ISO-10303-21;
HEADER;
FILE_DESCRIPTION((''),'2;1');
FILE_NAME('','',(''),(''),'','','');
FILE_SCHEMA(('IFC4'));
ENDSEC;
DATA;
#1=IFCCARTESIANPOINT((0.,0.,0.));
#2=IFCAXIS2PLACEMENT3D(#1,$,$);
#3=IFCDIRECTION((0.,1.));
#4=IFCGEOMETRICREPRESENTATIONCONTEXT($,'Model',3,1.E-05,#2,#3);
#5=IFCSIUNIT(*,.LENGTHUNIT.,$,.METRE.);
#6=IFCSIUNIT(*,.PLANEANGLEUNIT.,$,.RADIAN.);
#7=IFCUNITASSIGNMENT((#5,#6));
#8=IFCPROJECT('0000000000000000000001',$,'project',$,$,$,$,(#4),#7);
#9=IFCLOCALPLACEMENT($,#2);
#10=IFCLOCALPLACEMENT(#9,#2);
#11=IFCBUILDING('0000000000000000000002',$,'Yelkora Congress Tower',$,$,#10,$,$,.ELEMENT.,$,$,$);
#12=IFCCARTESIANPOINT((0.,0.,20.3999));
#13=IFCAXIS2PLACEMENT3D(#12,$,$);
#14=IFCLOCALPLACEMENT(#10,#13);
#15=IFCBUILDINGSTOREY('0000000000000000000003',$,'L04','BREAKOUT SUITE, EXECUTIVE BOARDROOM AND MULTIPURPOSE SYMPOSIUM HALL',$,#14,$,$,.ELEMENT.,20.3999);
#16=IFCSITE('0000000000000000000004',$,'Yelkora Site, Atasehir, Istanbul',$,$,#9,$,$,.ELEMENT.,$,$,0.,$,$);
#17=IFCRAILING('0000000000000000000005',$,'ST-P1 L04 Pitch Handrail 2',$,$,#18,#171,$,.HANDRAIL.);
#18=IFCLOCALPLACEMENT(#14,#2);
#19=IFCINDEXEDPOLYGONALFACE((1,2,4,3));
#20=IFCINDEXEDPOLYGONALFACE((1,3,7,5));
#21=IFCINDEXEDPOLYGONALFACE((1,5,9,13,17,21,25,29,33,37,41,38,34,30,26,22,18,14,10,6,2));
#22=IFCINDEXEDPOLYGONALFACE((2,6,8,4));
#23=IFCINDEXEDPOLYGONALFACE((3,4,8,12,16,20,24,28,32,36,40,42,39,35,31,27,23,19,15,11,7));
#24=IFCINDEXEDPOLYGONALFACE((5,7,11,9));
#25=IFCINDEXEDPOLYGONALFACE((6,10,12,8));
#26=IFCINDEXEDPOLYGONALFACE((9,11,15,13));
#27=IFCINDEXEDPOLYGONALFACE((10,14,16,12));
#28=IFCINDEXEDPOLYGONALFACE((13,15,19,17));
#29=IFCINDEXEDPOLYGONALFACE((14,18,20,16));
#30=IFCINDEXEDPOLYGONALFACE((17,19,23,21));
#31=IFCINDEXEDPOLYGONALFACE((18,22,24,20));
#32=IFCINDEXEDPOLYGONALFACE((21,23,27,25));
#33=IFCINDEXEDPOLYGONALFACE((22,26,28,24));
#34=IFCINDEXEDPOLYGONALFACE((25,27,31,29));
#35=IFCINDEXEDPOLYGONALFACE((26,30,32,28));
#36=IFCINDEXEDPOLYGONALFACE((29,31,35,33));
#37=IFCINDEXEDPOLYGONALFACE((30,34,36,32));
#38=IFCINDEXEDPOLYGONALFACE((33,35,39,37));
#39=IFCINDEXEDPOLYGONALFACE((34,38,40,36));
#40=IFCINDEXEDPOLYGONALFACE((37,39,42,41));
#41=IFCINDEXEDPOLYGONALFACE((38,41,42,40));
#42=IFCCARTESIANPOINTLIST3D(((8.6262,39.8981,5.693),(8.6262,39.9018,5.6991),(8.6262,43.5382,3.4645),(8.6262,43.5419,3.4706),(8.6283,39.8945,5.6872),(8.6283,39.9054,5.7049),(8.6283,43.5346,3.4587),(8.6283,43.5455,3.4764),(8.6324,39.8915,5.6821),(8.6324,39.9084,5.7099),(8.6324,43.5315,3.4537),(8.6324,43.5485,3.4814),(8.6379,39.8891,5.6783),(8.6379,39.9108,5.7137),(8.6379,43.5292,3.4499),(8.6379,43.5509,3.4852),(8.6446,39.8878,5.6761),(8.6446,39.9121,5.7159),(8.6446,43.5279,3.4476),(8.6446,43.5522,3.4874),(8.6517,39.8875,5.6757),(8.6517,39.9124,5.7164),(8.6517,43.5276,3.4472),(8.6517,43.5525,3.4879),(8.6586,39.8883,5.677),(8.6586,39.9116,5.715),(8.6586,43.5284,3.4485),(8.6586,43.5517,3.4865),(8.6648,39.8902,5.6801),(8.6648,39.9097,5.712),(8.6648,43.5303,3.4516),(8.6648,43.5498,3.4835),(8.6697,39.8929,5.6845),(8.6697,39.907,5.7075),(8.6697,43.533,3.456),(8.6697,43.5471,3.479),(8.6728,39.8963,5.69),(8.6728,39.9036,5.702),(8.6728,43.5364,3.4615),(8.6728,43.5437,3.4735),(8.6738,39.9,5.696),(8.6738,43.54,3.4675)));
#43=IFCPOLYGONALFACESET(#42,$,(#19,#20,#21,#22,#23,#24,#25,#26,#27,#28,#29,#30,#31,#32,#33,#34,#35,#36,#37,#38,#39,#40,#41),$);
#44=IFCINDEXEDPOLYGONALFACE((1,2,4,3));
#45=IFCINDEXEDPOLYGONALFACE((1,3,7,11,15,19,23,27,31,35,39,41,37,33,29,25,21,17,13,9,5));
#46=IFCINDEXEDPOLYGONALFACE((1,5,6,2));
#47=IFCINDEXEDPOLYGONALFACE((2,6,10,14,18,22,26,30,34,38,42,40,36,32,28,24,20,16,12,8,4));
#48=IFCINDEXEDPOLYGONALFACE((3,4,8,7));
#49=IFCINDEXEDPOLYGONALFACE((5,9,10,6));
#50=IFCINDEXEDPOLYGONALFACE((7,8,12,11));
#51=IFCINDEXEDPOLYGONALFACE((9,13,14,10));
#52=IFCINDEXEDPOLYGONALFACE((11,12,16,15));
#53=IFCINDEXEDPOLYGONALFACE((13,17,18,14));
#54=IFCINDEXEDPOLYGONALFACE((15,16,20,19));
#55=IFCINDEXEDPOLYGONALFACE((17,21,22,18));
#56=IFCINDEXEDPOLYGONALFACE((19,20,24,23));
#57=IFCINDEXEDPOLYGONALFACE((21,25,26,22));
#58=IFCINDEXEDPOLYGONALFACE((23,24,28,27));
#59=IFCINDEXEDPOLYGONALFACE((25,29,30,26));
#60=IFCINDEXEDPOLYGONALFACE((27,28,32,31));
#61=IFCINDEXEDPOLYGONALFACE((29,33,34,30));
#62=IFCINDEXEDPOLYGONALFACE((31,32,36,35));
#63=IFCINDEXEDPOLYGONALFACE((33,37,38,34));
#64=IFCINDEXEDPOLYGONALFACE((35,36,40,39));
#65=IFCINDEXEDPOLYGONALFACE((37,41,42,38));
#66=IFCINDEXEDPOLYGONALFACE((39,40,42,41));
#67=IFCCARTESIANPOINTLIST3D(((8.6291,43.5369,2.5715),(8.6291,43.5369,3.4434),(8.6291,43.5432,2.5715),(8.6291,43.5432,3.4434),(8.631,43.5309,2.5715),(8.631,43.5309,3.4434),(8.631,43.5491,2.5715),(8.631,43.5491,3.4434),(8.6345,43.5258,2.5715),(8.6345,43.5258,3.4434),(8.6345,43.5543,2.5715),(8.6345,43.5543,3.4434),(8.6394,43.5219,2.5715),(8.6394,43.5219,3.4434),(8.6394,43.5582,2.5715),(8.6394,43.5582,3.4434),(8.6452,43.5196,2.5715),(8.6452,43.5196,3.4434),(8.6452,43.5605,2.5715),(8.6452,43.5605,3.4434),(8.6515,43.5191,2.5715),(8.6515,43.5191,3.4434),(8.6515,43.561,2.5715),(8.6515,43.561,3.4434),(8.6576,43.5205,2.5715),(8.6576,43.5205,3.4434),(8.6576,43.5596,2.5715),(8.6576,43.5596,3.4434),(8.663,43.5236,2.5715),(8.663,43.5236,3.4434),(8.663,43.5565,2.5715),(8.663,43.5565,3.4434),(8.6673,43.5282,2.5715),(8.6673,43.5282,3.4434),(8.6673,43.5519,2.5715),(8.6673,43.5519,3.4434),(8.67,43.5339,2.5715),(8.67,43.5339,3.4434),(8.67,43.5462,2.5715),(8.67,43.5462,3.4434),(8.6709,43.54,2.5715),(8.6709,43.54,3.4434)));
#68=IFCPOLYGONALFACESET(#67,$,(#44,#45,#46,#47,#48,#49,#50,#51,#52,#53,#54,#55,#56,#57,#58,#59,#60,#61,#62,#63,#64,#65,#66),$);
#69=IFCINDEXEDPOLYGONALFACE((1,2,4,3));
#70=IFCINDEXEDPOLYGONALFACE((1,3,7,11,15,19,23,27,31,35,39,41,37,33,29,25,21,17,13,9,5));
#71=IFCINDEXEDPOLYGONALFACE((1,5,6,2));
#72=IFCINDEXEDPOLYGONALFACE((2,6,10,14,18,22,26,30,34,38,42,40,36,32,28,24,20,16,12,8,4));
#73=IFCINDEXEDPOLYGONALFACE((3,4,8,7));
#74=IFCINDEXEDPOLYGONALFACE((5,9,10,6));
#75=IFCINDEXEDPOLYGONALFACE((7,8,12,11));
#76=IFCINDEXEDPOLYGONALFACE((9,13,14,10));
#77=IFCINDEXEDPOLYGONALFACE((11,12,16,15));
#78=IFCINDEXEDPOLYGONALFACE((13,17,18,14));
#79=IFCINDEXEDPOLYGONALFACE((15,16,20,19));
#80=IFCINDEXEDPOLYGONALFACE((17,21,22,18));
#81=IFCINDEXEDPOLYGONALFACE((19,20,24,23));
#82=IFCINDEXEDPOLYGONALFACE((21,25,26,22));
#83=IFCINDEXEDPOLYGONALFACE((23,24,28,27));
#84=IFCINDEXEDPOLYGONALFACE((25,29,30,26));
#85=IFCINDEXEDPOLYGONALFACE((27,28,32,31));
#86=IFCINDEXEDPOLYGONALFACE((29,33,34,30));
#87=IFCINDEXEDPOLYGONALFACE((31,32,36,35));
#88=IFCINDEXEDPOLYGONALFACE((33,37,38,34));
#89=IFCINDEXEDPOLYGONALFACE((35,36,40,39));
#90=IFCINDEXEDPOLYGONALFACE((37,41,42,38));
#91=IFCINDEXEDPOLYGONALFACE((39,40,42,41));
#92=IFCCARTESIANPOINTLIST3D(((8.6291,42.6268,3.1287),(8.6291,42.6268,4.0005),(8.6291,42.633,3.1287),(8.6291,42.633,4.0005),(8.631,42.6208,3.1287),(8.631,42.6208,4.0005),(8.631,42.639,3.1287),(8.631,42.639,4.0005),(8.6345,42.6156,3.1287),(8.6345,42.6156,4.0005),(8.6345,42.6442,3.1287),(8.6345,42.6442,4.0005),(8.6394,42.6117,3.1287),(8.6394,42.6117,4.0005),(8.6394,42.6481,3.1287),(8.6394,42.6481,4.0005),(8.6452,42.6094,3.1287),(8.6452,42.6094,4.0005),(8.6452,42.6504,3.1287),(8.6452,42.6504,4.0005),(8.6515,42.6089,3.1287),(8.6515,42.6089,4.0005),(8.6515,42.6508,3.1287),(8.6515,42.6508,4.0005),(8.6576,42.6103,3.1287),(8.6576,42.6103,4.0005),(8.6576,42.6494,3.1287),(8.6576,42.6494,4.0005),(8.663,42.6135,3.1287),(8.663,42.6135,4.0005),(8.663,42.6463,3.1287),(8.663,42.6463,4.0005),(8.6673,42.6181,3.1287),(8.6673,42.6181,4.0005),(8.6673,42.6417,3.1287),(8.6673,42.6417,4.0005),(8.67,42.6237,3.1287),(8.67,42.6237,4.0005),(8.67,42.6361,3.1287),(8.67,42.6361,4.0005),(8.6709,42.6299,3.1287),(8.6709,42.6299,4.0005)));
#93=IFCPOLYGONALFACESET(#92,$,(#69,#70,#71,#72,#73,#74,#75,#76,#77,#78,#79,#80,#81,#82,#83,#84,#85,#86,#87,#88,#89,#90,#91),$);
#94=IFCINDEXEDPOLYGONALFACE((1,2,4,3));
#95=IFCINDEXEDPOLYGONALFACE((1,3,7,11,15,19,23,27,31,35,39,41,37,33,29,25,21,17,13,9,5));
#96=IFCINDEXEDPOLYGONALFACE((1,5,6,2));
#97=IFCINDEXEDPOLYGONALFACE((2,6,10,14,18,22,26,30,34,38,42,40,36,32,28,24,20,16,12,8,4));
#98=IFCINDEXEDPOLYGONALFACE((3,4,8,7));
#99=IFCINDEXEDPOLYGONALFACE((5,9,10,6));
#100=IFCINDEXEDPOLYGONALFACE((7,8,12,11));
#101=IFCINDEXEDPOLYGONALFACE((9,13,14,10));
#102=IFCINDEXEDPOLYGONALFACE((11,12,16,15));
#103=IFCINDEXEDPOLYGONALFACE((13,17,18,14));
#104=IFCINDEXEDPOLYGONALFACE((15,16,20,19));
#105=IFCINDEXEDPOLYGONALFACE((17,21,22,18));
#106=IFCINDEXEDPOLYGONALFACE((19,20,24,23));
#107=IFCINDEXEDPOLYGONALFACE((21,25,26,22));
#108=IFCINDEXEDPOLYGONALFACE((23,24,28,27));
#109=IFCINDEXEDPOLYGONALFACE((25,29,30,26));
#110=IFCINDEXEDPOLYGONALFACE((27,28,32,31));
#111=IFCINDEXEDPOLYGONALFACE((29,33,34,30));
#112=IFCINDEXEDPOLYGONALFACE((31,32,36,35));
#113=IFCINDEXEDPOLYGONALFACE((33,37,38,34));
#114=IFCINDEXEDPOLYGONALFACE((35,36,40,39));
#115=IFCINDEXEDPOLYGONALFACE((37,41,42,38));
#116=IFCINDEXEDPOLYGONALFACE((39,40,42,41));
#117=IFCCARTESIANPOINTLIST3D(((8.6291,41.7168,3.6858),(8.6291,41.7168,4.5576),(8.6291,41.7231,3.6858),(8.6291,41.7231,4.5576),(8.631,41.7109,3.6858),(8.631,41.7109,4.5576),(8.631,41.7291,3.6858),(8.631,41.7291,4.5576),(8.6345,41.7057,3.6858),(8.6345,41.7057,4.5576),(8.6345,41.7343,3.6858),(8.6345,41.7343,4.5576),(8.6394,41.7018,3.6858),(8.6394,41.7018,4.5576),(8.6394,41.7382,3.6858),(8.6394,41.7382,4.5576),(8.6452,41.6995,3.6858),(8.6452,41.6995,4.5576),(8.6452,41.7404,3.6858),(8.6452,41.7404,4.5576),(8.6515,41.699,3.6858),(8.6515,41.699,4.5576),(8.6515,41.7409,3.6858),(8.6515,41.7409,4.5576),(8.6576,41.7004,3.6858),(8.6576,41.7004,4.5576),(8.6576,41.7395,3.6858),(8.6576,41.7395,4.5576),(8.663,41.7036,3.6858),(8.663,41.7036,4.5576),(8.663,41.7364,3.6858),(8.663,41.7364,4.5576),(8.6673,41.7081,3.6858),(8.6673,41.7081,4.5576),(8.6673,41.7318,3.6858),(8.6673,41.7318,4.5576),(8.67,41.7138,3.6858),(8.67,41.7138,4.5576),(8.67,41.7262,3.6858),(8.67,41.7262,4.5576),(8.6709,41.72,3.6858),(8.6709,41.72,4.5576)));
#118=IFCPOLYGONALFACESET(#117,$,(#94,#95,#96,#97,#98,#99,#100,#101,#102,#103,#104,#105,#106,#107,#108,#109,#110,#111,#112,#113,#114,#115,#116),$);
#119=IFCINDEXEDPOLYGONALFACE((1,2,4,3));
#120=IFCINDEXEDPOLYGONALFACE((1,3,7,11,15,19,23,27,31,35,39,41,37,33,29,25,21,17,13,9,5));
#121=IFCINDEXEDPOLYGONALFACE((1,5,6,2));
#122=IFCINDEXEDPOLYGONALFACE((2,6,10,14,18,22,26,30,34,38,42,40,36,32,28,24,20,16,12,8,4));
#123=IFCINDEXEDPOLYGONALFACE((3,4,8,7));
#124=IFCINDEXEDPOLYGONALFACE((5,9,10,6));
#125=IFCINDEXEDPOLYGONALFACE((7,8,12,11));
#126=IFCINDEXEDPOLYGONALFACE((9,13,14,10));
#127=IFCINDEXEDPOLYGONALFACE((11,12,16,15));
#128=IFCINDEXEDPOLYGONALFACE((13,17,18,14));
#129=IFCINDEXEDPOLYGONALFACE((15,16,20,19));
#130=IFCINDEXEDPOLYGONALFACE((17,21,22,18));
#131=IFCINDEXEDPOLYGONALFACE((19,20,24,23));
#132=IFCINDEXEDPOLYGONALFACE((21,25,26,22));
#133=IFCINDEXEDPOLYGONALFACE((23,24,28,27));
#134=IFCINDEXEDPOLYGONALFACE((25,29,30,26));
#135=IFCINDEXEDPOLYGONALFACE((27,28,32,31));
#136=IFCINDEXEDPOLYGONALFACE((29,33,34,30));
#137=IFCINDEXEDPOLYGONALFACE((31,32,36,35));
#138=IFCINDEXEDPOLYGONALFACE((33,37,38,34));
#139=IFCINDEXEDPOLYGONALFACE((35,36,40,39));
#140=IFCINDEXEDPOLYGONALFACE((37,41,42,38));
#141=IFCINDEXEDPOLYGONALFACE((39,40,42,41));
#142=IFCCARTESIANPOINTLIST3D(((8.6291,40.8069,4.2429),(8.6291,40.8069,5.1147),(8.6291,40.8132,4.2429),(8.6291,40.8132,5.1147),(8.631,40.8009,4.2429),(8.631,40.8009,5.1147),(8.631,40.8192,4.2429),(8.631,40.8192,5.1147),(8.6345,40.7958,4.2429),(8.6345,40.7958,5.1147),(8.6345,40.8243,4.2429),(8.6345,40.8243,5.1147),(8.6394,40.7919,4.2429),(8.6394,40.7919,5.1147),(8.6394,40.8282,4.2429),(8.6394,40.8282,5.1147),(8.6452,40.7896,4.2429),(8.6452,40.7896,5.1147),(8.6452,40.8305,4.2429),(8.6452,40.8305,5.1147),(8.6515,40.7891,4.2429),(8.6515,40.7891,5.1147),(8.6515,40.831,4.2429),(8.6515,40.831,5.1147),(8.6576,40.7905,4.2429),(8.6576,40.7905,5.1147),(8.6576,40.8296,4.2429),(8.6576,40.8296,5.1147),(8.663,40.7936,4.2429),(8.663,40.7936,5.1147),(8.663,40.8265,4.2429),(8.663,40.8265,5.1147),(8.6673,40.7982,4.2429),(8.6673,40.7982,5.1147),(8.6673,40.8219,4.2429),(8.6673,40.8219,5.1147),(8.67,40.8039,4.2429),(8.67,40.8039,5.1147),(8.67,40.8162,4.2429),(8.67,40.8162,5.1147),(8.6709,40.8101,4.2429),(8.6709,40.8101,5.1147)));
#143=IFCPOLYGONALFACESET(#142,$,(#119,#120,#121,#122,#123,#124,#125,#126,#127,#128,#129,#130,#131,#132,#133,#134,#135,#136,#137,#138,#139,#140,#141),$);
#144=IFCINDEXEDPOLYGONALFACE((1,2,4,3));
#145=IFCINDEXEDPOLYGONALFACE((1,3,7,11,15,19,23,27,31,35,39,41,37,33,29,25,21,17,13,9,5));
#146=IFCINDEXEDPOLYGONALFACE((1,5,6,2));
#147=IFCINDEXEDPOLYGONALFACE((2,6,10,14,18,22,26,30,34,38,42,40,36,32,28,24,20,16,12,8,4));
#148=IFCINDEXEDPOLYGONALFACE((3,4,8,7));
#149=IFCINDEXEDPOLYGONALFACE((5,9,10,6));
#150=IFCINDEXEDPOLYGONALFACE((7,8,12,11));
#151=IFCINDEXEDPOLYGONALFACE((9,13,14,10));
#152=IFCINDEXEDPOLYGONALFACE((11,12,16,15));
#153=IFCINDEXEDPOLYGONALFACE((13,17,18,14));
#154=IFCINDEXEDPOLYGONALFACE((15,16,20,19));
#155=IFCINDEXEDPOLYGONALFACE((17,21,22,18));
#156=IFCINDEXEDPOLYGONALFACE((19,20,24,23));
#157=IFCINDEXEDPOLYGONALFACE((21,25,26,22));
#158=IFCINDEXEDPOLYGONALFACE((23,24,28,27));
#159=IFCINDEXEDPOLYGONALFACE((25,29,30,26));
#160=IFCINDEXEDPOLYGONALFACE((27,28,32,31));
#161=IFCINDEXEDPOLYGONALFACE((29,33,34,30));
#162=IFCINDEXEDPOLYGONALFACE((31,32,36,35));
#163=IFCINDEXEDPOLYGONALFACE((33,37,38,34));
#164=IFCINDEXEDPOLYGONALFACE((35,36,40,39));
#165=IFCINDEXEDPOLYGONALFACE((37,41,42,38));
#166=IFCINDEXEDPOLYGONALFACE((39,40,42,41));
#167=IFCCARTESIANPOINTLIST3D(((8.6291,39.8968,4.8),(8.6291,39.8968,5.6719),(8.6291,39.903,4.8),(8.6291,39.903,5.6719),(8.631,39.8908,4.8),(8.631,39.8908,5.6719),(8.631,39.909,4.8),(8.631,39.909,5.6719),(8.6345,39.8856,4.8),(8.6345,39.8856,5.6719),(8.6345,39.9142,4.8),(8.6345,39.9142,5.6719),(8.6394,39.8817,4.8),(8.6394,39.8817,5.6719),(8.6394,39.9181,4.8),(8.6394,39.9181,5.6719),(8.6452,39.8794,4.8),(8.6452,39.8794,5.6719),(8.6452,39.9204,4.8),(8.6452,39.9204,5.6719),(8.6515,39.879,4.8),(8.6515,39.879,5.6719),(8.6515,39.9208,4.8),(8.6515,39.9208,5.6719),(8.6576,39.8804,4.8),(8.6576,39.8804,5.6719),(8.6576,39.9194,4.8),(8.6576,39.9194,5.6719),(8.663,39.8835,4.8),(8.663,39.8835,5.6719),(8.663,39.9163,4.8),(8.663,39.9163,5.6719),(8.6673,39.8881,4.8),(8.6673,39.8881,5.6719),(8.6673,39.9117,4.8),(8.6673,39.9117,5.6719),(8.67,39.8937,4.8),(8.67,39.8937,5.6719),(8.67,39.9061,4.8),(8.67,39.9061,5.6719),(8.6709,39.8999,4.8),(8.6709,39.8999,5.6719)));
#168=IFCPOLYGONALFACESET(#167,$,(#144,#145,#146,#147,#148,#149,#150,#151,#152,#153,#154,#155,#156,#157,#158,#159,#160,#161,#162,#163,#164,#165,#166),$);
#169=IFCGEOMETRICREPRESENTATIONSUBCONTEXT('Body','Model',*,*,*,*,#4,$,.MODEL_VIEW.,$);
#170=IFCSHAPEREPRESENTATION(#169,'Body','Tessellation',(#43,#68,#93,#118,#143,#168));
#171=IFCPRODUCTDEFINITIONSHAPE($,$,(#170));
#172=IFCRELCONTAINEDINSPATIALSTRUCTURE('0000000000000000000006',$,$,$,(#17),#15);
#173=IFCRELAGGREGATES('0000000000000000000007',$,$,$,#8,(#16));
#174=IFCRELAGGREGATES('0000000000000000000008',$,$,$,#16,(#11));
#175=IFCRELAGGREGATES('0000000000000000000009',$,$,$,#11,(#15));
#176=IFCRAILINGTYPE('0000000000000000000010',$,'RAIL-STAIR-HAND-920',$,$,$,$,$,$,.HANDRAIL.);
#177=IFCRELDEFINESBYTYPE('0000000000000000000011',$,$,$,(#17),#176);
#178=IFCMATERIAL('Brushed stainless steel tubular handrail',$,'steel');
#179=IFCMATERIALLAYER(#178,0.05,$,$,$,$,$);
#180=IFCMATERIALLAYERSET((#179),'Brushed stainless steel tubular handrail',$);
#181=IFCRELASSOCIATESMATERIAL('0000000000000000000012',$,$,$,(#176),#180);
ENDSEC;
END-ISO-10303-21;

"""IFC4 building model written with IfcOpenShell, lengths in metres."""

from ifc_helpers import new_model, si_unit, direction, frame, origin, origin_2d, place, context, subcontext, project, spatial, circle, extrude, material, layer, layer_set, type_object, element, save


model = new_model("IFC4")

# Units and contexts
model_context = context("Model", 3, precision=1e-05, world=origin(), true_north=direction((0.0, 1.0)))
body_context = subcontext(model_context, "Body", "Model", "MODEL_VIEW")
ifc_project = project(units=[si_unit("LENGTHUNIT", "METRE"), si_unit("PLANEANGLEUNIT", "RADIAN")], contexts=[model_context])

# Site, building, storey
site_placement = place(None, origin())
site = spatial("IfcSite", under=ifc_project, at=site_placement, Name="Yelkora Site, Atasehir, Istanbul", CompositionType="ELEMENT", RefElevation=0.0)
building_placement = place(site_placement, origin())
building = spatial("IfcBuilding", under=site, at=building_placement, Name="Yelkora Congress Tower", CompositionType="ELEMENT")
storey_placement = place(building_placement, frame((0.0, 0.0, 20.3999)))
storey = spatial("IfcBuildingStorey", under=building, at=storey_placement, Name="L04", Description="BREAKOUT SUITE, EXECUTIVE BOARDROOM AND MULTIPURPOSE SYMPOSIUM HALL", CompositionType="ELEMENT", Elevation=20.3999)

# Railing
ifc_material_1 = material(Name="Brushed stainless steel tubular handrail", Category="steel")
ifc_layer_1 = layer(ifc_material_1, 0.05)
ifc_layer_set_1 = layer_set([ifc_layer_1], Name="Brushed stainless steel tubular handrail")
railing_type_1 = type_object("IfcRailingType", Name="RAIL-STAIR-HAND-920", PredefinedType="HANDRAIL", material=ifc_layer_set_1)
railing_1_placement = place(storey_placement, frame((8.6499, 43.54, 2.5715)))
element("IfcRailing", 1, at=railing_1_placement, inside=storey, type_object=railing_type_1, Name="ST-P1 L04 Pitch Handrail 2", PredefinedType="HANDRAIL", context=body_context, shape_type="SweptSolid", body=[
    extrude(circle(Radius=0.0239, at=origin_2d()), frame((0.0, 0.0, 0.896), z_axis=(0.0, -0.852866, 0.52213), x_axis=(1.0, 0.0, 0.0)), (0.0, 0.0, 1.0), 4.2681),
    extrude(circle(Radius=0.021, at=origin_2d()), origin(), (0.0, 0.0, 1.0), 0.8718),
    extrude(circle(Radius=0.021, at=origin_2d()), frame((0.0, -0.9102, 0.5571)), (0.0, 0.0, 1.0), 0.8718),
    extrude(circle(Radius=0.021, at=origin_2d()), frame((0.0, -1.8201, 1.1143)), (0.0, 0.0, 1.0), 0.8718),
    extrude(circle(Radius=0.021, at=origin_2d()), frame((0.0, -2.73, 1.6714)), (0.0, 0.0, 1.0), 0.8718),
    extrude(circle(Radius=0.021, at=origin_2d()), frame((0.0, -3.6401, 2.2285)), (0.0, 0.0, 1.0), 0.8718),
])

save(model, "model.ifc")
